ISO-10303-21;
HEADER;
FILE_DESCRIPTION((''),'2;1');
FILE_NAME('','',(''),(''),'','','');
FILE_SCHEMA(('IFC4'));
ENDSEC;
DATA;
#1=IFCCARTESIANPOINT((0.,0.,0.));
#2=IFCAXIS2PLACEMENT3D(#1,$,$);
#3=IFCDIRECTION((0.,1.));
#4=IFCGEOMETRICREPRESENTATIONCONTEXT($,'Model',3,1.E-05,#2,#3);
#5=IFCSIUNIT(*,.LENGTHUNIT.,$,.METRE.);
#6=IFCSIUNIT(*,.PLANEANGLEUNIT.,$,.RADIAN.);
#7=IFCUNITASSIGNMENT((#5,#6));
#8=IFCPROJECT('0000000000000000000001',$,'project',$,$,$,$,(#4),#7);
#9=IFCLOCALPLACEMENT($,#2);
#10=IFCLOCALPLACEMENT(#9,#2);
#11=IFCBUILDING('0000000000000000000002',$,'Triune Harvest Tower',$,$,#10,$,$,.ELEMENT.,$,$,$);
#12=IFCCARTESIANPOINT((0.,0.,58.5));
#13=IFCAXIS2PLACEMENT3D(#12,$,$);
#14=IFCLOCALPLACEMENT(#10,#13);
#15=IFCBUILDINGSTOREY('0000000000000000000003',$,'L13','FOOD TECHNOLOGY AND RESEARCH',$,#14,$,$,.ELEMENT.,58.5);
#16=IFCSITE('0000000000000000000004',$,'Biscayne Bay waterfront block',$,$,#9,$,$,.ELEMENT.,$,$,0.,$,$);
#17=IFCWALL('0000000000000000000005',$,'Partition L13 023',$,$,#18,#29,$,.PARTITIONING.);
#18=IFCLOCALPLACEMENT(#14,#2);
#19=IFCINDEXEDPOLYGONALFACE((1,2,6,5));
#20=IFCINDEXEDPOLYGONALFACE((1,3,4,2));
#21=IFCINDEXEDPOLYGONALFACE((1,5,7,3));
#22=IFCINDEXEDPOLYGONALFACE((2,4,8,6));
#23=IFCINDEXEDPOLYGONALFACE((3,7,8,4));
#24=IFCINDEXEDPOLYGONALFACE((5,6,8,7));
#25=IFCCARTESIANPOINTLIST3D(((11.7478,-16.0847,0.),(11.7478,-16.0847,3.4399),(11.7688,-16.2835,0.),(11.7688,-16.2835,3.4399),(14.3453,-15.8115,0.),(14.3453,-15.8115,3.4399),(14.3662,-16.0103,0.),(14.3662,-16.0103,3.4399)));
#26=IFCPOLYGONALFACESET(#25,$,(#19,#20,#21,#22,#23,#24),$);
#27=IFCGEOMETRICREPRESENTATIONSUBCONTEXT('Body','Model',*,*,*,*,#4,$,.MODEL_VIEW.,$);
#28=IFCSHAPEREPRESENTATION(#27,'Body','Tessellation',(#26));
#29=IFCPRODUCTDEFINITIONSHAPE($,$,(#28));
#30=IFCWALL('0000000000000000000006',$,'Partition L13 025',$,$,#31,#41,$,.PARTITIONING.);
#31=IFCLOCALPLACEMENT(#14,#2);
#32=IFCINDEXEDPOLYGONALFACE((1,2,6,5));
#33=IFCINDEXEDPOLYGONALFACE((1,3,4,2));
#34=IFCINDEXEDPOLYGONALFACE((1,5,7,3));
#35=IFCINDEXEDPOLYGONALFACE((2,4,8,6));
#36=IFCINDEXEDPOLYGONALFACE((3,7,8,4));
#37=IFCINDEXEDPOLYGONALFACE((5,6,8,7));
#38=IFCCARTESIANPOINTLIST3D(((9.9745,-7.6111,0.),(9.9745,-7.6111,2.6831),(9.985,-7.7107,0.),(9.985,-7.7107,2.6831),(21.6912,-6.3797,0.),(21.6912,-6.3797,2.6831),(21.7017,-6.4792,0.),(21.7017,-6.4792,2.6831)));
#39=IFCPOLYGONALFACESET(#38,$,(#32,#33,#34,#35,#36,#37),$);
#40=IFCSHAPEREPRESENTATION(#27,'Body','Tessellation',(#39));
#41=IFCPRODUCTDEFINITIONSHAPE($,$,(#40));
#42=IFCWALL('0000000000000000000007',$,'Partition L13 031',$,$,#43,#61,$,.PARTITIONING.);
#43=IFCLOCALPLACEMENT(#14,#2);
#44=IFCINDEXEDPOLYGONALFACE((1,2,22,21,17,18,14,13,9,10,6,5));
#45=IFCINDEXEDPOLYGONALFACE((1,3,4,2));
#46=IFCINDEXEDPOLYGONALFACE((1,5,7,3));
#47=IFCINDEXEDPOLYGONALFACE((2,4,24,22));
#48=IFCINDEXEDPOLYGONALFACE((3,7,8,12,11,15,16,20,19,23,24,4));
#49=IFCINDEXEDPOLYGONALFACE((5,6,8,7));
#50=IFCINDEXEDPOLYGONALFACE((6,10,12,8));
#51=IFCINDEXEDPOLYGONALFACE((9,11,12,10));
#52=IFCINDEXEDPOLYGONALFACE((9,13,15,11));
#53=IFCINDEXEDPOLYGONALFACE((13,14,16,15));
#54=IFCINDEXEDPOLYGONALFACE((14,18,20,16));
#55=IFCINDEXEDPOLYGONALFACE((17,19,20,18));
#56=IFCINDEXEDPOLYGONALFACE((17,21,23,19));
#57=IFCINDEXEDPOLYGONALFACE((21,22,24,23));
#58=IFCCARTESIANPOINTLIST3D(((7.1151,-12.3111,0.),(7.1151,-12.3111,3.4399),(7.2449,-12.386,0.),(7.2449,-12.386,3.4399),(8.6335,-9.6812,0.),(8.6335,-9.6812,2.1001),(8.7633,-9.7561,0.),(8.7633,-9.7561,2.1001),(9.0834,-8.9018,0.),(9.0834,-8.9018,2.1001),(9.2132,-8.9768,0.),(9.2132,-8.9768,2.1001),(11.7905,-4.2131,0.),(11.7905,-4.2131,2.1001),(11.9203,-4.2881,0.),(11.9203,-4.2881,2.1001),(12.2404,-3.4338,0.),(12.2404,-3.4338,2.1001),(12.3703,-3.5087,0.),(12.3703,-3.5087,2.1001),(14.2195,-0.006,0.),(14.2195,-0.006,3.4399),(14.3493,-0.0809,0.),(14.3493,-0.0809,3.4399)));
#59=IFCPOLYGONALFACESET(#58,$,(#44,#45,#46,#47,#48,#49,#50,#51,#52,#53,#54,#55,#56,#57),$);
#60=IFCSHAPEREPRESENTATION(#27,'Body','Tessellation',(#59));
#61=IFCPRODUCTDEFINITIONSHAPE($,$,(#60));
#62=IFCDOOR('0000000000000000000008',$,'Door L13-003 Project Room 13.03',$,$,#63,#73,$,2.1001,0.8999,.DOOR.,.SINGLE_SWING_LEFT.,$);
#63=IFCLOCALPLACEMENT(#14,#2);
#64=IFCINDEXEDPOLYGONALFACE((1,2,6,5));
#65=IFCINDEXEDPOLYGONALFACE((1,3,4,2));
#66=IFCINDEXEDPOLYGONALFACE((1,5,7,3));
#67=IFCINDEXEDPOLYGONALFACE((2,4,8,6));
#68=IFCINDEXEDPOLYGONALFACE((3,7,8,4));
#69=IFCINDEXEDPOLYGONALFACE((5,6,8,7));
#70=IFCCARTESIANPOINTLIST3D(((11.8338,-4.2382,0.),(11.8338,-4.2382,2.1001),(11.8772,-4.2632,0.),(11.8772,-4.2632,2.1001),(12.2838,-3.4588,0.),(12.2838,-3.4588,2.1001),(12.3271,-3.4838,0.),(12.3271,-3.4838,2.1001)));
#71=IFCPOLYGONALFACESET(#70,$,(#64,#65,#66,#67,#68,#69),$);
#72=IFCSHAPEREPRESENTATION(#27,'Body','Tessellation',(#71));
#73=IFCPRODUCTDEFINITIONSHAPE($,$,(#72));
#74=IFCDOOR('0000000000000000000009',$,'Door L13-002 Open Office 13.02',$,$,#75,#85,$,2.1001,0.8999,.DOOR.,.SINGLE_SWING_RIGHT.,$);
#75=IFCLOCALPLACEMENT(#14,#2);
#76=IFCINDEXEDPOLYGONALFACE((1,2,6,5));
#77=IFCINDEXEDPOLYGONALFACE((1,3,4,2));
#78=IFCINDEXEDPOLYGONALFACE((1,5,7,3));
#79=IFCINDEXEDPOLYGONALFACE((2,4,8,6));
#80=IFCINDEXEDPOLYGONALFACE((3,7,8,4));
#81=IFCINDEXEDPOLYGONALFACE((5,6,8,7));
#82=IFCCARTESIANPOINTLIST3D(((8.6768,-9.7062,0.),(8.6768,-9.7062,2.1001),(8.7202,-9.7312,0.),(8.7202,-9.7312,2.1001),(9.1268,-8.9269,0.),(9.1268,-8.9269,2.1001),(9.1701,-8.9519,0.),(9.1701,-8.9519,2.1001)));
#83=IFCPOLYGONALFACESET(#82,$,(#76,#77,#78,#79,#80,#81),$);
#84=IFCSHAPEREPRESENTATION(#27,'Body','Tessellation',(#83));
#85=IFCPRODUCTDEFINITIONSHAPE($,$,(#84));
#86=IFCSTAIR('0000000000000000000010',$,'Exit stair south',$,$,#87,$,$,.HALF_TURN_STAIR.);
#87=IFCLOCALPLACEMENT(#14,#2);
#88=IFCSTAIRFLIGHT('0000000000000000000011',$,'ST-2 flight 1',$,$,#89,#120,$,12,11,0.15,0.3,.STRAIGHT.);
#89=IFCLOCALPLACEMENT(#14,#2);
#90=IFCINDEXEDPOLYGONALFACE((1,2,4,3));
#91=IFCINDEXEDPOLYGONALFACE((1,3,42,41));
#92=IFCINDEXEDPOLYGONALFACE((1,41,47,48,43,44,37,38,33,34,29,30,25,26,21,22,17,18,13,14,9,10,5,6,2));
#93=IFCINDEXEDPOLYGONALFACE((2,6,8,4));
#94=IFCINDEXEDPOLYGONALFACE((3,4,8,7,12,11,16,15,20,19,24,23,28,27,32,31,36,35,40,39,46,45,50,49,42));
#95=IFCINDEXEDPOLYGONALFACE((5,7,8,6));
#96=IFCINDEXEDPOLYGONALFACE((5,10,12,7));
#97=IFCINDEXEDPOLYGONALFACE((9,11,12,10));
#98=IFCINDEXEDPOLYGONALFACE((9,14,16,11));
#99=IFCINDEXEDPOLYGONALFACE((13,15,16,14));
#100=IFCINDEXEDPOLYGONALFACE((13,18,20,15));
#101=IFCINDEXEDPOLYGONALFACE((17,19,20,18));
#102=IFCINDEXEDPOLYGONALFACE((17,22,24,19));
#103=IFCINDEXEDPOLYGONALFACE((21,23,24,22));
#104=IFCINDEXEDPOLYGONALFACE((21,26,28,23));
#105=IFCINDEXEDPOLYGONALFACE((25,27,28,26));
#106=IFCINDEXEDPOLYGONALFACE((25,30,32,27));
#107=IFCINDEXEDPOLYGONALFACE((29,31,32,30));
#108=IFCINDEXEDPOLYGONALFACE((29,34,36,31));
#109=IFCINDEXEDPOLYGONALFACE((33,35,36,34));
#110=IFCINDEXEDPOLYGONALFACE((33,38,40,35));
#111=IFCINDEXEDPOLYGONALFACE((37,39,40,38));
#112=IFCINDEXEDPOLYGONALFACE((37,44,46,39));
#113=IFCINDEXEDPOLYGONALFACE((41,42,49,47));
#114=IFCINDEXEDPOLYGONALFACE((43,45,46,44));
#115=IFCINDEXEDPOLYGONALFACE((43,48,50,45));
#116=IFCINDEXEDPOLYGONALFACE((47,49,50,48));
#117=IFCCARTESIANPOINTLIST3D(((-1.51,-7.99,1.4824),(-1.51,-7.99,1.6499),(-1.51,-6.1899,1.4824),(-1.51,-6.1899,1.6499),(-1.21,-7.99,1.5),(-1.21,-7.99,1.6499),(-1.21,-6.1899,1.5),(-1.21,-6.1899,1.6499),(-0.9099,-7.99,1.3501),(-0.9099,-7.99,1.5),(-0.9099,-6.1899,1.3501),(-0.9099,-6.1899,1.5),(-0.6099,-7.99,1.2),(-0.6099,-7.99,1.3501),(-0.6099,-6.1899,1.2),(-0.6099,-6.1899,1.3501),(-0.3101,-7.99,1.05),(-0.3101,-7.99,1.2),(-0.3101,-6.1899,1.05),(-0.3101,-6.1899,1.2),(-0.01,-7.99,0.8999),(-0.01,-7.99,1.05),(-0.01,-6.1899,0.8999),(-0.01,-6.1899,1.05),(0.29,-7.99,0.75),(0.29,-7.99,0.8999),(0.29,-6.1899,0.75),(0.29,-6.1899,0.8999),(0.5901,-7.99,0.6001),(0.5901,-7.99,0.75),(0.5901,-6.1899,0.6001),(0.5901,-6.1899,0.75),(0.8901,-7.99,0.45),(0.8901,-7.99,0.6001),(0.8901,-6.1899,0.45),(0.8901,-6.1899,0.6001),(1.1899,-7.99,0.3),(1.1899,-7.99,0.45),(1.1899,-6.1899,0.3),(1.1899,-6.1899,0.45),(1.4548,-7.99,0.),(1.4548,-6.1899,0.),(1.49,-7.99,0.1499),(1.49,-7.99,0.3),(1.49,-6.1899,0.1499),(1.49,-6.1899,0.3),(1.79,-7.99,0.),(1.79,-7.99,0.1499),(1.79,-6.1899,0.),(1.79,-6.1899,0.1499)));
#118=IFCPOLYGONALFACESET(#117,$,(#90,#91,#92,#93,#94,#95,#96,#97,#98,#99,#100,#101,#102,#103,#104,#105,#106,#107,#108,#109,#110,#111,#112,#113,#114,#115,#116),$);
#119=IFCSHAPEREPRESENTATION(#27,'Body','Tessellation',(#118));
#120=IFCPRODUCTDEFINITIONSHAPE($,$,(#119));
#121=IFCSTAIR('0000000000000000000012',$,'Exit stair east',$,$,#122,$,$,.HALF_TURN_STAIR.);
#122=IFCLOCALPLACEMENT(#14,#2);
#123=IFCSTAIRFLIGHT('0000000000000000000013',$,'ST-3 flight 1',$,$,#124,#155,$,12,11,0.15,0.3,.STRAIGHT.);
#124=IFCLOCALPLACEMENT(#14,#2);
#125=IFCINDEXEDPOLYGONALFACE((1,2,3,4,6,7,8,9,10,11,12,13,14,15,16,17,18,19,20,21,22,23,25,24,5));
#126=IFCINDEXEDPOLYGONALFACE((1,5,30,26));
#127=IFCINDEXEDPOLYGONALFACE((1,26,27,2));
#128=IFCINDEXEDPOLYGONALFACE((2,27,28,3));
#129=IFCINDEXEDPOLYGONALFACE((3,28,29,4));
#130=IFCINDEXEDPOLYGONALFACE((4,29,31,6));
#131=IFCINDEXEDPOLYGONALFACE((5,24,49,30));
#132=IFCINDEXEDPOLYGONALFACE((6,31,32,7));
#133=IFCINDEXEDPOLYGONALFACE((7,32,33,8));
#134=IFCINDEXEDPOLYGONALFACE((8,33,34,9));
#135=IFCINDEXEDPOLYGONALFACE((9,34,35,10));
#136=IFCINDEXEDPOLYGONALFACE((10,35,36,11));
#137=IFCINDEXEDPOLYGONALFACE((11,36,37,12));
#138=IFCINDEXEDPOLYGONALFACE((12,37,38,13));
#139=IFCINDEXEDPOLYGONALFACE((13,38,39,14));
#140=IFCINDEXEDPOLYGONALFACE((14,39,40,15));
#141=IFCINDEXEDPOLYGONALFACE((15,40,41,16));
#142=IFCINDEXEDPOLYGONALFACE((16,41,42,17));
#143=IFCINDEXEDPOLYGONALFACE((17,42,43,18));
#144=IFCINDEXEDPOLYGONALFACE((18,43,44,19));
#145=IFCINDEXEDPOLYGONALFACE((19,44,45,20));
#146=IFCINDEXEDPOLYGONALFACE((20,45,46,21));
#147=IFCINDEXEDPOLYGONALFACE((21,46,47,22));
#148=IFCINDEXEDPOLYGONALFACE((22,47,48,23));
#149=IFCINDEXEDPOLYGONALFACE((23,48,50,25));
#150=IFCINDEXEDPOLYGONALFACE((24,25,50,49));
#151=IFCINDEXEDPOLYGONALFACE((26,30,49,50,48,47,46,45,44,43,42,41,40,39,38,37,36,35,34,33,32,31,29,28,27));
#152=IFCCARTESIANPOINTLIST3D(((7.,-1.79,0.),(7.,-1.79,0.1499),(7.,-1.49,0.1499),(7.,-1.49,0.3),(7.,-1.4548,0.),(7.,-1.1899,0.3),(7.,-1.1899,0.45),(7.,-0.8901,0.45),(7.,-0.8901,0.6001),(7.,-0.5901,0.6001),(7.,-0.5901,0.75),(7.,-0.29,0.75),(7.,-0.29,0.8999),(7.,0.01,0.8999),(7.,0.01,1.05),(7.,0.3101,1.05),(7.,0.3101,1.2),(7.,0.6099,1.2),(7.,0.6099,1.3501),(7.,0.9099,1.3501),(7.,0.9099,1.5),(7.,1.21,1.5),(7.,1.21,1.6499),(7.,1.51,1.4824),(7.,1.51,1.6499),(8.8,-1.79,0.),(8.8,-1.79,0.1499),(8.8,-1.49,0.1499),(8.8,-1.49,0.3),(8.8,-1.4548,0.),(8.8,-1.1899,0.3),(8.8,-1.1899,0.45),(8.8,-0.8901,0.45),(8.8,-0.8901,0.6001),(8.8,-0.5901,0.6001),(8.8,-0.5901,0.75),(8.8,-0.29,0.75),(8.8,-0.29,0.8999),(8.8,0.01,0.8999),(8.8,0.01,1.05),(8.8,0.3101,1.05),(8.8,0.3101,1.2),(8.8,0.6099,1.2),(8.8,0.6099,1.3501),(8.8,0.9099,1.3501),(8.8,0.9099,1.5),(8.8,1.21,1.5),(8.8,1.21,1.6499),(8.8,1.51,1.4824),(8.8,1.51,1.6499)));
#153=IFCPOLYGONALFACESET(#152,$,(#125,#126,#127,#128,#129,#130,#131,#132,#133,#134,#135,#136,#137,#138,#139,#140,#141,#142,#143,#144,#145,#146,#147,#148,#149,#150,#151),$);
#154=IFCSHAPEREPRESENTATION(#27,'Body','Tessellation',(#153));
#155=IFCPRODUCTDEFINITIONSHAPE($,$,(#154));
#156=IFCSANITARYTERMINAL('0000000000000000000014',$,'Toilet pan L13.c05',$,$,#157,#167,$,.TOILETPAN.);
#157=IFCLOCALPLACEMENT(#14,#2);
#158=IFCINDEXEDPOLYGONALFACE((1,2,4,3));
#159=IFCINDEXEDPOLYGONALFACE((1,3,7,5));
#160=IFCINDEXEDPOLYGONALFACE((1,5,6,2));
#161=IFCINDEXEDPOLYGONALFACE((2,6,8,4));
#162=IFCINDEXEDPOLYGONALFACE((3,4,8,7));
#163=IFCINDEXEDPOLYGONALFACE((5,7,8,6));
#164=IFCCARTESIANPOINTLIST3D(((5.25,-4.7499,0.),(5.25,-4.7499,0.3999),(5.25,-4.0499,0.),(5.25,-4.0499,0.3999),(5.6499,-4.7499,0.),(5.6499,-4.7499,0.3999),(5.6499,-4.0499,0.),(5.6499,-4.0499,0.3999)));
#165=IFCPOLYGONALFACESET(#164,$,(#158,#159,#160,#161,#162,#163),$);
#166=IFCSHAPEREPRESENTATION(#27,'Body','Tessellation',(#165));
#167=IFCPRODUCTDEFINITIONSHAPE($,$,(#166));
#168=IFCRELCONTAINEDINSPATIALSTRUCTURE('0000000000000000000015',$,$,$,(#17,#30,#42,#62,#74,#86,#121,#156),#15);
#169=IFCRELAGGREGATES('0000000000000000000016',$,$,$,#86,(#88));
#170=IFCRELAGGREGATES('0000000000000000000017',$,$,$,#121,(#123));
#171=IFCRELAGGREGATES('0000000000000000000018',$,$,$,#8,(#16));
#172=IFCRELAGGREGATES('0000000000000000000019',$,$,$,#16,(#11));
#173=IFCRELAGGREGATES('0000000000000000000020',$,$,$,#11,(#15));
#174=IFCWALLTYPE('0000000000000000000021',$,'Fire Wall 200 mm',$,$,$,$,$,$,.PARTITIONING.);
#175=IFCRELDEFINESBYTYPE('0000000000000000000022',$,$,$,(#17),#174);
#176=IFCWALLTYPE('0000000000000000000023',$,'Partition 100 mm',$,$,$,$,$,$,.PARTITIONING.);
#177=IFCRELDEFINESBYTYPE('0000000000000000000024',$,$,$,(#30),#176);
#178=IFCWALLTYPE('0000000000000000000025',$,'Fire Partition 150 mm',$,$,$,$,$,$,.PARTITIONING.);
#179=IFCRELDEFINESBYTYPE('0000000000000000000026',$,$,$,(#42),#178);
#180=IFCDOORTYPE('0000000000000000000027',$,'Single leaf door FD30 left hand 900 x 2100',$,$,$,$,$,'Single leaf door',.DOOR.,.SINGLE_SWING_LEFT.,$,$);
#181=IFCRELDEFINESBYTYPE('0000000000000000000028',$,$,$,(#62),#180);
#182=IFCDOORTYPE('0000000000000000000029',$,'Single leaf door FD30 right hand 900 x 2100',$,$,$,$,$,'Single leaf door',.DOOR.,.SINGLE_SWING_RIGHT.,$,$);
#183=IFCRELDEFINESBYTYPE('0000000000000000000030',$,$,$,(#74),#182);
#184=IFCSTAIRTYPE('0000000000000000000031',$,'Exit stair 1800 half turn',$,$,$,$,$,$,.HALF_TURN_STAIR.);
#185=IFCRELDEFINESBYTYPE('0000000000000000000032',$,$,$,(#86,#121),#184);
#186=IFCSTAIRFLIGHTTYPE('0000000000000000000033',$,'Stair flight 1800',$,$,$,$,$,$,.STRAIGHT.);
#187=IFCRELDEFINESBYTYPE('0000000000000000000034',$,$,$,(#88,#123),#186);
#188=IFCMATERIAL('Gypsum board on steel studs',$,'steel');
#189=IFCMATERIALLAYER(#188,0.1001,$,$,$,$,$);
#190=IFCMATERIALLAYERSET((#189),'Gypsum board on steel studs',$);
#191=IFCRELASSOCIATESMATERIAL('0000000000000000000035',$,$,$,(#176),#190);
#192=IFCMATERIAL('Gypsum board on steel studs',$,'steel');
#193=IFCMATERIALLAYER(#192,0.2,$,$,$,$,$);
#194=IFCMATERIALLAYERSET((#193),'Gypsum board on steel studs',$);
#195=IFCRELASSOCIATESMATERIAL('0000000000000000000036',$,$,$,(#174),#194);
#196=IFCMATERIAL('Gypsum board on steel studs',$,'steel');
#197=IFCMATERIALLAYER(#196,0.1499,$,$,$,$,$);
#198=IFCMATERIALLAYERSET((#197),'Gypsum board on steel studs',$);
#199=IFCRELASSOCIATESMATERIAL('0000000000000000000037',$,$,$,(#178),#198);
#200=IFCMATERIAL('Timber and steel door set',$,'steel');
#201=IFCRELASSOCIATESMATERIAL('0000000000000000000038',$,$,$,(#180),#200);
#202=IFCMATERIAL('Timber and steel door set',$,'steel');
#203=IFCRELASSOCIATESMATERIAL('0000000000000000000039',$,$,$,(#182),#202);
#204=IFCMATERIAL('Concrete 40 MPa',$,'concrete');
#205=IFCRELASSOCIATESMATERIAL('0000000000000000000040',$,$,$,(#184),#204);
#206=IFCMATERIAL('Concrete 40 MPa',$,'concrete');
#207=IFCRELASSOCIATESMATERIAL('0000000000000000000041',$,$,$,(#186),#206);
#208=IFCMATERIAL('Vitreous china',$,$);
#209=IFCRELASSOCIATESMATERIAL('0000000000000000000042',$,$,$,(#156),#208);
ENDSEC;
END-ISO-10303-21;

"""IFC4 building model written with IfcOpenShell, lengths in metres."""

from ifc_helpers import new_model, si_unit, direction, frame, frame_2d, origin, origin_2d, place, context, subcontext, project, spatial, polyline, rectangle, outline, extrude, source, transform, mapped, material, layer, layer_set, type_object, element, fill, aggregate, save


model = new_model("IFC4")

# Units and contexts
model_context = context("Model", 3, precision=1e-05, world=origin(), true_north=direction((0.0, 1.0)))
body_context = subcontext(model_context, "Body", "Model", "MODEL_VIEW")
ifc_project = project(units=[si_unit("LENGTHUNIT", "METRE"), si_unit("PLANEANGLEUNIT", "RADIAN")], contexts=[model_context])

# Site, building, storey
site_placement = place(None, origin())
site = spatial("IfcSite", under=ifc_project, at=site_placement, Name="Biscayne Bay waterfront block", CompositionType="ELEMENT", RefElevation=0.0)
building_placement = place(site_placement, origin())
building = spatial("IfcBuilding", under=site, at=building_placement, Name="Triune Harvest Tower", CompositionType="ELEMENT")
storey_placement = place(building_placement, frame((0.0, 0.0, 58.5)))
storey = spatial("IfcBuildingStorey", under=building, at=storey_placement, Name="L13", Description="FOOD TECHNOLOGY AND RESEARCH", CompositionType="ELEMENT", Elevation=58.5)

# Walls
ifc_material_1 = material(Name="Gypsum board on steel studs", Category="steel")
ifc_layer_1 = layer(ifc_material_1, 0.1001)
ifc_layer_set_1 = layer_set([ifc_layer_1], Name="Gypsum board on steel studs")
wall_type_1 = type_object("IfcWallType", Name="Partition 100 mm", PredefinedType="PARTITIONING", material=ifc_layer_set_1)
ifc_material_2 = material(Name="Gypsum board on steel studs", Category="steel")
ifc_layer_2 = layer(ifc_material_2, 0.2)
ifc_layer_set_2 = layer_set([ifc_layer_2], Name="Gypsum board on steel studs")
wall_type_2 = type_object("IfcWallType", Name="Fire Wall 200 mm", PredefinedType="PARTITIONING", material=ifc_layer_set_2)
shared_shape_1 = source(origin(), body_context, "Body", "SweptSolid", [
    extrude(rectangle(XDim=2.6118, YDim=0.2, at=frame_2d((1.3059, 0.0))), origin(), (0.0, 0.0, 1.0), 3.4399),
])
wall_1_placement = place(storey_placement, frame((11.7583, -16.1841, 0.0), z_axis=(0.0, 0.0, 1.0), x_axis=(0.994514, 0.104602, 0.0)))
element("IfcWall", 1, at=wall_1_placement, inside=storey, type_object=wall_type_2, Name="Partition L13 023", PredefinedType="PARTITIONING", context=body_context, shape_type="MappedRepresentation", body=[
    mapped(shared_shape_1, transform((0.0, 0.0, 0.0), scale=1.0)),
])
shared_shape_2 = source(origin(), body_context, "Body", "SweptSolid", [
    extrude(rectangle(XDim=11.7812, YDim=0.1001, at=frame_2d((5.8906, 0.0))), origin(), (0.0, 0.0, 1.0), 2.6831),
])
wall_2_placement = place(storey_placement, frame((9.9797, -7.6609, 0.0), z_axis=(0.0, 0.0, 1.0), x_axis=(0.994522, 0.104525, 0.0)))
element("IfcWall", 2, at=wall_2_placement, inside=storey, type_object=wall_type_1, Name="Partition L13 025", PredefinedType="PARTITIONING", context=body_context, shape_type="MappedRepresentation", body=[
    mapped(shared_shape_2, transform((0.0, 0.0, 0.0), scale=1.0)),
])

# Wall, openings, doors
ifc_material_3 = material(Name="Gypsum board on steel studs", Category="steel")
ifc_layer_3 = layer(ifc_material_3, 0.1499)
ifc_layer_set_3 = layer_set([ifc_layer_3], Name="Gypsum board on steel studs")
wall_type_3 = type_object("IfcWallType", Name="Fire Partition 150 mm", PredefinedType="PARTITIONING", material=ifc_layer_set_3)
shared_shape_3 = source(origin(), body_context, "Body", "SweptSolid", [
    extrude(rectangle(XDim=14.2087, YDim=0.1499, at=frame_2d((7.1045, 0.0))), origin(), (0.0, 0.0, 1.0), 3.4399),
])
wall_3_placement = place(storey_placement, frame((7.1799, -12.3486, 0.0), z_axis=(0.0, 0.0, 1.0), x_axis=(0.500005, 0.866022, 0.0)))
wall_3 = element("IfcWall", 3, at=wall_3_placement, inside=storey, type_object=wall_type_3, Name="Partition L13 031", PredefinedType="PARTITIONING", context=body_context, shape_type="MappedRepresentation", body=[
    mapped(shared_shape_3, transform((0.0, 0.0, 0.0), scale=1.0)),
])
opening_1_placement = place(wall_3_placement, frame((3.0369, 0.0, 0.0)))
opening_1 = element("IfcOpeningElement", 4, at=opening_1_placement, cuts=wall_3, PredefinedType="OPENING", context=body_context, shape_type="SweptSolid", body=[
    extrude(rectangle(XDim=0.8999, YDim=2.1001, at=frame_2d((0.45, 1.05))), frame((0.0, 0.085, 0.0), z_axis=(0.0, -1.0, 0.0), x_axis=(1.0, 0.0, 0.0)), (0.0, 0.0, 1.0), 0.1699),
])
opening_2_placement = place(wall_3_placement, frame((9.3508, 0.0, 0.0)))
opening_2 = element("IfcOpeningElement", 5, at=opening_2_placement, cuts=wall_3, PredefinedType="OPENING", context=body_context, shape_type="SweptSolid", body=[
    extrude(rectangle(XDim=0.8999, YDim=2.1001, at=frame_2d((0.45, 1.05))), frame((0.0, 0.085, 0.0), z_axis=(0.0, -1.0, 0.0), x_axis=(1.0, 0.0, 0.0)), (0.0, 0.0, 1.0), 0.1699),
])
ifc_material_4 = material(Name="Timber and steel door set", Category="steel")
door_type_1 = type_object("IfcDoorType", Name="Single leaf door FD30 left hand 900 x 2100", ElementType="Single leaf door", OperationType="SINGLE_SWING_LEFT", PredefinedType="DOOR", material=ifc_material_4)
door_1_placement = place(opening_2_placement, origin())
door_1 = element("IfcDoor", 6, at=door_1_placement, inside=storey, type_object=door_type_1, Name="Door L13-003 Project Room 13.03", OperationType="SINGLE_SWING_LEFT", OverallHeight=2.1001, OverallWidth=0.8999, PredefinedType="DOOR", context=body_context, shape_type="SweptSolid", body=[
    extrude(rectangle(XDim=0.8999, YDim=2.1001, at=frame_2d((0.45, 1.05))), frame((0.0, 0.0249, 0.0), z_axis=(0.0, -1.0, 0.0), x_axis=(1.0, 0.0, 0.0)), (0.0, 0.0, 1.0), 0.05),
])
fill(opening_2, door_1)
ifc_material_5 = material(Name="Timber and steel door set", Category="steel")
door_type_2 = type_object("IfcDoorType", Name="Single leaf door FD30 right hand 900 x 2100", ElementType="Single leaf door", OperationType="SINGLE_SWING_RIGHT", PredefinedType="DOOR", material=ifc_material_5)
door_2_placement = place(opening_1_placement, origin())
door_2 = element("IfcDoor", 7, at=door_2_placement, inside=storey, type_object=door_type_2, Name="Door L13-002 Open Office 13.02", OperationType="SINGLE_SWING_RIGHT", OverallHeight=2.1001, OverallWidth=0.8999, PredefinedType="DOOR", context=body_context, shape_type="SweptSolid", body=[
    extrude(rectangle(XDim=0.8999, YDim=2.1001, at=frame_2d((0.45, 1.05))), frame((0.0, 0.0249, 0.0), z_axis=(0.0, -1.0, 0.0), x_axis=(1.0, 0.0, 0.0)), (0.0, 0.0, 1.0), 0.05),
])
fill(opening_1, door_2)

# Stairs, stair flights
ifc_material_6 = material(Name="Concrete 40 MPa", Category="concrete")
stair_type = type_object("IfcStairType", Name="Exit stair 1800 half turn", PredefinedType="HALF_TURN_STAIR", material=ifc_material_6)
stair_1_placement = place(storey_placement, origin())
stair_1 = element("IfcStair", 8, at=stair_1_placement, inside=storey, type_object=stair_type, Name="Exit stair south", PredefinedType="HALF_TURN_STAIR")
ifc_material_7 = material(Name="Concrete 40 MPa", Category="concrete")
stair_flight_type = type_object("IfcStairFlightType", Name="Stair flight 1800", PredefinedType="STRAIGHT", material=ifc_material_7)
shared_shape_4 = source(origin(), body_context, "Body", "SweptSolid", [
    extrude(outline(polyline([(0.0, 0.0), (0.0, 0.1499), (0.3, 0.1499), (0.3, 0.3), (0.6001, 0.3), (0.6001, 0.45), (0.8999, 0.45), (0.8999, 0.6001), (1.2, 0.6001), (1.2, 0.75), (1.5, 0.75), (1.5, 0.8999), (1.8, 0.8999), (1.8, 1.05), (2.1001, 1.05), (2.1001, 1.2), (2.3999, 1.2), (2.3999, 1.3501), (2.7, 1.3501), (2.7, 1.5), (3.0, 1.5), (3.0, 1.6499), (3.3, 1.6499), (3.3, 1.8), (3.3, 1.4824), (0.3352, 0.0), (0.0, 0.0)])), frame((0.0, 0.8999, 0.0), z_axis=(0.0, -1.0, 0.0), x_axis=(1.0, 0.0, 0.0)), (0.0, 0.0, 1.0), 1.8),
])
stair_flight_1_placement = place(storey_placement, frame((1.79, -7.0901, 0.0), z_axis=(0.0, 0.0, 1.0), x_axis=(-1.0, 0.0, 0.0)))
stair_flight_1 = element("IfcStairFlight", 9, at=stair_flight_1_placement, type_object=stair_flight_type, Name="ST-2 flight 1", NumberOfRisers=12, NumberOfTreads=11, PredefinedType="STRAIGHT", RiserHeight=0.15, TreadLength=0.3, context=body_context, shape_type="MappedRepresentation", body=[
    mapped(shared_shape_4, transform((0.0, 0.0, 0.0), scale=1.0)),
])
aggregate(stair_1, [stair_flight_1])
stair_2_placement = place(storey_placement, origin())
stair_2 = element("IfcStair", 10, at=stair_2_placement, inside=storey, type_object=stair_type, Name="Exit stair east", PredefinedType="HALF_TURN_STAIR")
stair_flight_2_placement = place(storey_placement, frame((7.8999, -1.79, 0.0), z_axis=(0.0, 0.0, 1.0), x_axis=(0.0, 1.0, 0.0)))
stair_flight_2 = element("IfcStairFlight", 11, at=stair_flight_2_placement, type_object=stair_flight_type, Name="ST-3 flight 1", NumberOfRisers=12, NumberOfTreads=11, PredefinedType="STRAIGHT", RiserHeight=0.15, TreadLength=0.3, context=body_context, shape_type="MappedRepresentation", body=[
    mapped(shared_shape_4, transform((0.0, 0.0, 0.0), scale=1.0)),
])
aggregate(stair_2, [stair_flight_2])

# Sanitary terminal
ifc_material_8 = material(Name="Vitreous china")
shared_shape_5 = source(origin(), body_context, "Body", "SweptSolid", [
    extrude(rectangle(XDim=0.3999, YDim=0.7, at=origin_2d()), origin(), (0.0, 0.0, 1.0), 0.3999),
])
sanitary_terminal_placement = place(storey_placement, frame((5.45, -4.3999, 0.0), z_axis=(0.0, 0.0, 1.0), x_axis=(1.0, 0.0, 0.0)))
element("IfcSanitaryTerminal", 12, at=sanitary_terminal_placement, inside=storey, material=ifc_material_8, Name="Toilet pan L13.c05", PredefinedType="TOILETPAN", context=body_context, shape_type="MappedRepresentation", body=[
    mapped(shared_shape_5, transform((0.0, 0.0, 0.0), scale=1.0)),
])

save(model, "model.ifc")
